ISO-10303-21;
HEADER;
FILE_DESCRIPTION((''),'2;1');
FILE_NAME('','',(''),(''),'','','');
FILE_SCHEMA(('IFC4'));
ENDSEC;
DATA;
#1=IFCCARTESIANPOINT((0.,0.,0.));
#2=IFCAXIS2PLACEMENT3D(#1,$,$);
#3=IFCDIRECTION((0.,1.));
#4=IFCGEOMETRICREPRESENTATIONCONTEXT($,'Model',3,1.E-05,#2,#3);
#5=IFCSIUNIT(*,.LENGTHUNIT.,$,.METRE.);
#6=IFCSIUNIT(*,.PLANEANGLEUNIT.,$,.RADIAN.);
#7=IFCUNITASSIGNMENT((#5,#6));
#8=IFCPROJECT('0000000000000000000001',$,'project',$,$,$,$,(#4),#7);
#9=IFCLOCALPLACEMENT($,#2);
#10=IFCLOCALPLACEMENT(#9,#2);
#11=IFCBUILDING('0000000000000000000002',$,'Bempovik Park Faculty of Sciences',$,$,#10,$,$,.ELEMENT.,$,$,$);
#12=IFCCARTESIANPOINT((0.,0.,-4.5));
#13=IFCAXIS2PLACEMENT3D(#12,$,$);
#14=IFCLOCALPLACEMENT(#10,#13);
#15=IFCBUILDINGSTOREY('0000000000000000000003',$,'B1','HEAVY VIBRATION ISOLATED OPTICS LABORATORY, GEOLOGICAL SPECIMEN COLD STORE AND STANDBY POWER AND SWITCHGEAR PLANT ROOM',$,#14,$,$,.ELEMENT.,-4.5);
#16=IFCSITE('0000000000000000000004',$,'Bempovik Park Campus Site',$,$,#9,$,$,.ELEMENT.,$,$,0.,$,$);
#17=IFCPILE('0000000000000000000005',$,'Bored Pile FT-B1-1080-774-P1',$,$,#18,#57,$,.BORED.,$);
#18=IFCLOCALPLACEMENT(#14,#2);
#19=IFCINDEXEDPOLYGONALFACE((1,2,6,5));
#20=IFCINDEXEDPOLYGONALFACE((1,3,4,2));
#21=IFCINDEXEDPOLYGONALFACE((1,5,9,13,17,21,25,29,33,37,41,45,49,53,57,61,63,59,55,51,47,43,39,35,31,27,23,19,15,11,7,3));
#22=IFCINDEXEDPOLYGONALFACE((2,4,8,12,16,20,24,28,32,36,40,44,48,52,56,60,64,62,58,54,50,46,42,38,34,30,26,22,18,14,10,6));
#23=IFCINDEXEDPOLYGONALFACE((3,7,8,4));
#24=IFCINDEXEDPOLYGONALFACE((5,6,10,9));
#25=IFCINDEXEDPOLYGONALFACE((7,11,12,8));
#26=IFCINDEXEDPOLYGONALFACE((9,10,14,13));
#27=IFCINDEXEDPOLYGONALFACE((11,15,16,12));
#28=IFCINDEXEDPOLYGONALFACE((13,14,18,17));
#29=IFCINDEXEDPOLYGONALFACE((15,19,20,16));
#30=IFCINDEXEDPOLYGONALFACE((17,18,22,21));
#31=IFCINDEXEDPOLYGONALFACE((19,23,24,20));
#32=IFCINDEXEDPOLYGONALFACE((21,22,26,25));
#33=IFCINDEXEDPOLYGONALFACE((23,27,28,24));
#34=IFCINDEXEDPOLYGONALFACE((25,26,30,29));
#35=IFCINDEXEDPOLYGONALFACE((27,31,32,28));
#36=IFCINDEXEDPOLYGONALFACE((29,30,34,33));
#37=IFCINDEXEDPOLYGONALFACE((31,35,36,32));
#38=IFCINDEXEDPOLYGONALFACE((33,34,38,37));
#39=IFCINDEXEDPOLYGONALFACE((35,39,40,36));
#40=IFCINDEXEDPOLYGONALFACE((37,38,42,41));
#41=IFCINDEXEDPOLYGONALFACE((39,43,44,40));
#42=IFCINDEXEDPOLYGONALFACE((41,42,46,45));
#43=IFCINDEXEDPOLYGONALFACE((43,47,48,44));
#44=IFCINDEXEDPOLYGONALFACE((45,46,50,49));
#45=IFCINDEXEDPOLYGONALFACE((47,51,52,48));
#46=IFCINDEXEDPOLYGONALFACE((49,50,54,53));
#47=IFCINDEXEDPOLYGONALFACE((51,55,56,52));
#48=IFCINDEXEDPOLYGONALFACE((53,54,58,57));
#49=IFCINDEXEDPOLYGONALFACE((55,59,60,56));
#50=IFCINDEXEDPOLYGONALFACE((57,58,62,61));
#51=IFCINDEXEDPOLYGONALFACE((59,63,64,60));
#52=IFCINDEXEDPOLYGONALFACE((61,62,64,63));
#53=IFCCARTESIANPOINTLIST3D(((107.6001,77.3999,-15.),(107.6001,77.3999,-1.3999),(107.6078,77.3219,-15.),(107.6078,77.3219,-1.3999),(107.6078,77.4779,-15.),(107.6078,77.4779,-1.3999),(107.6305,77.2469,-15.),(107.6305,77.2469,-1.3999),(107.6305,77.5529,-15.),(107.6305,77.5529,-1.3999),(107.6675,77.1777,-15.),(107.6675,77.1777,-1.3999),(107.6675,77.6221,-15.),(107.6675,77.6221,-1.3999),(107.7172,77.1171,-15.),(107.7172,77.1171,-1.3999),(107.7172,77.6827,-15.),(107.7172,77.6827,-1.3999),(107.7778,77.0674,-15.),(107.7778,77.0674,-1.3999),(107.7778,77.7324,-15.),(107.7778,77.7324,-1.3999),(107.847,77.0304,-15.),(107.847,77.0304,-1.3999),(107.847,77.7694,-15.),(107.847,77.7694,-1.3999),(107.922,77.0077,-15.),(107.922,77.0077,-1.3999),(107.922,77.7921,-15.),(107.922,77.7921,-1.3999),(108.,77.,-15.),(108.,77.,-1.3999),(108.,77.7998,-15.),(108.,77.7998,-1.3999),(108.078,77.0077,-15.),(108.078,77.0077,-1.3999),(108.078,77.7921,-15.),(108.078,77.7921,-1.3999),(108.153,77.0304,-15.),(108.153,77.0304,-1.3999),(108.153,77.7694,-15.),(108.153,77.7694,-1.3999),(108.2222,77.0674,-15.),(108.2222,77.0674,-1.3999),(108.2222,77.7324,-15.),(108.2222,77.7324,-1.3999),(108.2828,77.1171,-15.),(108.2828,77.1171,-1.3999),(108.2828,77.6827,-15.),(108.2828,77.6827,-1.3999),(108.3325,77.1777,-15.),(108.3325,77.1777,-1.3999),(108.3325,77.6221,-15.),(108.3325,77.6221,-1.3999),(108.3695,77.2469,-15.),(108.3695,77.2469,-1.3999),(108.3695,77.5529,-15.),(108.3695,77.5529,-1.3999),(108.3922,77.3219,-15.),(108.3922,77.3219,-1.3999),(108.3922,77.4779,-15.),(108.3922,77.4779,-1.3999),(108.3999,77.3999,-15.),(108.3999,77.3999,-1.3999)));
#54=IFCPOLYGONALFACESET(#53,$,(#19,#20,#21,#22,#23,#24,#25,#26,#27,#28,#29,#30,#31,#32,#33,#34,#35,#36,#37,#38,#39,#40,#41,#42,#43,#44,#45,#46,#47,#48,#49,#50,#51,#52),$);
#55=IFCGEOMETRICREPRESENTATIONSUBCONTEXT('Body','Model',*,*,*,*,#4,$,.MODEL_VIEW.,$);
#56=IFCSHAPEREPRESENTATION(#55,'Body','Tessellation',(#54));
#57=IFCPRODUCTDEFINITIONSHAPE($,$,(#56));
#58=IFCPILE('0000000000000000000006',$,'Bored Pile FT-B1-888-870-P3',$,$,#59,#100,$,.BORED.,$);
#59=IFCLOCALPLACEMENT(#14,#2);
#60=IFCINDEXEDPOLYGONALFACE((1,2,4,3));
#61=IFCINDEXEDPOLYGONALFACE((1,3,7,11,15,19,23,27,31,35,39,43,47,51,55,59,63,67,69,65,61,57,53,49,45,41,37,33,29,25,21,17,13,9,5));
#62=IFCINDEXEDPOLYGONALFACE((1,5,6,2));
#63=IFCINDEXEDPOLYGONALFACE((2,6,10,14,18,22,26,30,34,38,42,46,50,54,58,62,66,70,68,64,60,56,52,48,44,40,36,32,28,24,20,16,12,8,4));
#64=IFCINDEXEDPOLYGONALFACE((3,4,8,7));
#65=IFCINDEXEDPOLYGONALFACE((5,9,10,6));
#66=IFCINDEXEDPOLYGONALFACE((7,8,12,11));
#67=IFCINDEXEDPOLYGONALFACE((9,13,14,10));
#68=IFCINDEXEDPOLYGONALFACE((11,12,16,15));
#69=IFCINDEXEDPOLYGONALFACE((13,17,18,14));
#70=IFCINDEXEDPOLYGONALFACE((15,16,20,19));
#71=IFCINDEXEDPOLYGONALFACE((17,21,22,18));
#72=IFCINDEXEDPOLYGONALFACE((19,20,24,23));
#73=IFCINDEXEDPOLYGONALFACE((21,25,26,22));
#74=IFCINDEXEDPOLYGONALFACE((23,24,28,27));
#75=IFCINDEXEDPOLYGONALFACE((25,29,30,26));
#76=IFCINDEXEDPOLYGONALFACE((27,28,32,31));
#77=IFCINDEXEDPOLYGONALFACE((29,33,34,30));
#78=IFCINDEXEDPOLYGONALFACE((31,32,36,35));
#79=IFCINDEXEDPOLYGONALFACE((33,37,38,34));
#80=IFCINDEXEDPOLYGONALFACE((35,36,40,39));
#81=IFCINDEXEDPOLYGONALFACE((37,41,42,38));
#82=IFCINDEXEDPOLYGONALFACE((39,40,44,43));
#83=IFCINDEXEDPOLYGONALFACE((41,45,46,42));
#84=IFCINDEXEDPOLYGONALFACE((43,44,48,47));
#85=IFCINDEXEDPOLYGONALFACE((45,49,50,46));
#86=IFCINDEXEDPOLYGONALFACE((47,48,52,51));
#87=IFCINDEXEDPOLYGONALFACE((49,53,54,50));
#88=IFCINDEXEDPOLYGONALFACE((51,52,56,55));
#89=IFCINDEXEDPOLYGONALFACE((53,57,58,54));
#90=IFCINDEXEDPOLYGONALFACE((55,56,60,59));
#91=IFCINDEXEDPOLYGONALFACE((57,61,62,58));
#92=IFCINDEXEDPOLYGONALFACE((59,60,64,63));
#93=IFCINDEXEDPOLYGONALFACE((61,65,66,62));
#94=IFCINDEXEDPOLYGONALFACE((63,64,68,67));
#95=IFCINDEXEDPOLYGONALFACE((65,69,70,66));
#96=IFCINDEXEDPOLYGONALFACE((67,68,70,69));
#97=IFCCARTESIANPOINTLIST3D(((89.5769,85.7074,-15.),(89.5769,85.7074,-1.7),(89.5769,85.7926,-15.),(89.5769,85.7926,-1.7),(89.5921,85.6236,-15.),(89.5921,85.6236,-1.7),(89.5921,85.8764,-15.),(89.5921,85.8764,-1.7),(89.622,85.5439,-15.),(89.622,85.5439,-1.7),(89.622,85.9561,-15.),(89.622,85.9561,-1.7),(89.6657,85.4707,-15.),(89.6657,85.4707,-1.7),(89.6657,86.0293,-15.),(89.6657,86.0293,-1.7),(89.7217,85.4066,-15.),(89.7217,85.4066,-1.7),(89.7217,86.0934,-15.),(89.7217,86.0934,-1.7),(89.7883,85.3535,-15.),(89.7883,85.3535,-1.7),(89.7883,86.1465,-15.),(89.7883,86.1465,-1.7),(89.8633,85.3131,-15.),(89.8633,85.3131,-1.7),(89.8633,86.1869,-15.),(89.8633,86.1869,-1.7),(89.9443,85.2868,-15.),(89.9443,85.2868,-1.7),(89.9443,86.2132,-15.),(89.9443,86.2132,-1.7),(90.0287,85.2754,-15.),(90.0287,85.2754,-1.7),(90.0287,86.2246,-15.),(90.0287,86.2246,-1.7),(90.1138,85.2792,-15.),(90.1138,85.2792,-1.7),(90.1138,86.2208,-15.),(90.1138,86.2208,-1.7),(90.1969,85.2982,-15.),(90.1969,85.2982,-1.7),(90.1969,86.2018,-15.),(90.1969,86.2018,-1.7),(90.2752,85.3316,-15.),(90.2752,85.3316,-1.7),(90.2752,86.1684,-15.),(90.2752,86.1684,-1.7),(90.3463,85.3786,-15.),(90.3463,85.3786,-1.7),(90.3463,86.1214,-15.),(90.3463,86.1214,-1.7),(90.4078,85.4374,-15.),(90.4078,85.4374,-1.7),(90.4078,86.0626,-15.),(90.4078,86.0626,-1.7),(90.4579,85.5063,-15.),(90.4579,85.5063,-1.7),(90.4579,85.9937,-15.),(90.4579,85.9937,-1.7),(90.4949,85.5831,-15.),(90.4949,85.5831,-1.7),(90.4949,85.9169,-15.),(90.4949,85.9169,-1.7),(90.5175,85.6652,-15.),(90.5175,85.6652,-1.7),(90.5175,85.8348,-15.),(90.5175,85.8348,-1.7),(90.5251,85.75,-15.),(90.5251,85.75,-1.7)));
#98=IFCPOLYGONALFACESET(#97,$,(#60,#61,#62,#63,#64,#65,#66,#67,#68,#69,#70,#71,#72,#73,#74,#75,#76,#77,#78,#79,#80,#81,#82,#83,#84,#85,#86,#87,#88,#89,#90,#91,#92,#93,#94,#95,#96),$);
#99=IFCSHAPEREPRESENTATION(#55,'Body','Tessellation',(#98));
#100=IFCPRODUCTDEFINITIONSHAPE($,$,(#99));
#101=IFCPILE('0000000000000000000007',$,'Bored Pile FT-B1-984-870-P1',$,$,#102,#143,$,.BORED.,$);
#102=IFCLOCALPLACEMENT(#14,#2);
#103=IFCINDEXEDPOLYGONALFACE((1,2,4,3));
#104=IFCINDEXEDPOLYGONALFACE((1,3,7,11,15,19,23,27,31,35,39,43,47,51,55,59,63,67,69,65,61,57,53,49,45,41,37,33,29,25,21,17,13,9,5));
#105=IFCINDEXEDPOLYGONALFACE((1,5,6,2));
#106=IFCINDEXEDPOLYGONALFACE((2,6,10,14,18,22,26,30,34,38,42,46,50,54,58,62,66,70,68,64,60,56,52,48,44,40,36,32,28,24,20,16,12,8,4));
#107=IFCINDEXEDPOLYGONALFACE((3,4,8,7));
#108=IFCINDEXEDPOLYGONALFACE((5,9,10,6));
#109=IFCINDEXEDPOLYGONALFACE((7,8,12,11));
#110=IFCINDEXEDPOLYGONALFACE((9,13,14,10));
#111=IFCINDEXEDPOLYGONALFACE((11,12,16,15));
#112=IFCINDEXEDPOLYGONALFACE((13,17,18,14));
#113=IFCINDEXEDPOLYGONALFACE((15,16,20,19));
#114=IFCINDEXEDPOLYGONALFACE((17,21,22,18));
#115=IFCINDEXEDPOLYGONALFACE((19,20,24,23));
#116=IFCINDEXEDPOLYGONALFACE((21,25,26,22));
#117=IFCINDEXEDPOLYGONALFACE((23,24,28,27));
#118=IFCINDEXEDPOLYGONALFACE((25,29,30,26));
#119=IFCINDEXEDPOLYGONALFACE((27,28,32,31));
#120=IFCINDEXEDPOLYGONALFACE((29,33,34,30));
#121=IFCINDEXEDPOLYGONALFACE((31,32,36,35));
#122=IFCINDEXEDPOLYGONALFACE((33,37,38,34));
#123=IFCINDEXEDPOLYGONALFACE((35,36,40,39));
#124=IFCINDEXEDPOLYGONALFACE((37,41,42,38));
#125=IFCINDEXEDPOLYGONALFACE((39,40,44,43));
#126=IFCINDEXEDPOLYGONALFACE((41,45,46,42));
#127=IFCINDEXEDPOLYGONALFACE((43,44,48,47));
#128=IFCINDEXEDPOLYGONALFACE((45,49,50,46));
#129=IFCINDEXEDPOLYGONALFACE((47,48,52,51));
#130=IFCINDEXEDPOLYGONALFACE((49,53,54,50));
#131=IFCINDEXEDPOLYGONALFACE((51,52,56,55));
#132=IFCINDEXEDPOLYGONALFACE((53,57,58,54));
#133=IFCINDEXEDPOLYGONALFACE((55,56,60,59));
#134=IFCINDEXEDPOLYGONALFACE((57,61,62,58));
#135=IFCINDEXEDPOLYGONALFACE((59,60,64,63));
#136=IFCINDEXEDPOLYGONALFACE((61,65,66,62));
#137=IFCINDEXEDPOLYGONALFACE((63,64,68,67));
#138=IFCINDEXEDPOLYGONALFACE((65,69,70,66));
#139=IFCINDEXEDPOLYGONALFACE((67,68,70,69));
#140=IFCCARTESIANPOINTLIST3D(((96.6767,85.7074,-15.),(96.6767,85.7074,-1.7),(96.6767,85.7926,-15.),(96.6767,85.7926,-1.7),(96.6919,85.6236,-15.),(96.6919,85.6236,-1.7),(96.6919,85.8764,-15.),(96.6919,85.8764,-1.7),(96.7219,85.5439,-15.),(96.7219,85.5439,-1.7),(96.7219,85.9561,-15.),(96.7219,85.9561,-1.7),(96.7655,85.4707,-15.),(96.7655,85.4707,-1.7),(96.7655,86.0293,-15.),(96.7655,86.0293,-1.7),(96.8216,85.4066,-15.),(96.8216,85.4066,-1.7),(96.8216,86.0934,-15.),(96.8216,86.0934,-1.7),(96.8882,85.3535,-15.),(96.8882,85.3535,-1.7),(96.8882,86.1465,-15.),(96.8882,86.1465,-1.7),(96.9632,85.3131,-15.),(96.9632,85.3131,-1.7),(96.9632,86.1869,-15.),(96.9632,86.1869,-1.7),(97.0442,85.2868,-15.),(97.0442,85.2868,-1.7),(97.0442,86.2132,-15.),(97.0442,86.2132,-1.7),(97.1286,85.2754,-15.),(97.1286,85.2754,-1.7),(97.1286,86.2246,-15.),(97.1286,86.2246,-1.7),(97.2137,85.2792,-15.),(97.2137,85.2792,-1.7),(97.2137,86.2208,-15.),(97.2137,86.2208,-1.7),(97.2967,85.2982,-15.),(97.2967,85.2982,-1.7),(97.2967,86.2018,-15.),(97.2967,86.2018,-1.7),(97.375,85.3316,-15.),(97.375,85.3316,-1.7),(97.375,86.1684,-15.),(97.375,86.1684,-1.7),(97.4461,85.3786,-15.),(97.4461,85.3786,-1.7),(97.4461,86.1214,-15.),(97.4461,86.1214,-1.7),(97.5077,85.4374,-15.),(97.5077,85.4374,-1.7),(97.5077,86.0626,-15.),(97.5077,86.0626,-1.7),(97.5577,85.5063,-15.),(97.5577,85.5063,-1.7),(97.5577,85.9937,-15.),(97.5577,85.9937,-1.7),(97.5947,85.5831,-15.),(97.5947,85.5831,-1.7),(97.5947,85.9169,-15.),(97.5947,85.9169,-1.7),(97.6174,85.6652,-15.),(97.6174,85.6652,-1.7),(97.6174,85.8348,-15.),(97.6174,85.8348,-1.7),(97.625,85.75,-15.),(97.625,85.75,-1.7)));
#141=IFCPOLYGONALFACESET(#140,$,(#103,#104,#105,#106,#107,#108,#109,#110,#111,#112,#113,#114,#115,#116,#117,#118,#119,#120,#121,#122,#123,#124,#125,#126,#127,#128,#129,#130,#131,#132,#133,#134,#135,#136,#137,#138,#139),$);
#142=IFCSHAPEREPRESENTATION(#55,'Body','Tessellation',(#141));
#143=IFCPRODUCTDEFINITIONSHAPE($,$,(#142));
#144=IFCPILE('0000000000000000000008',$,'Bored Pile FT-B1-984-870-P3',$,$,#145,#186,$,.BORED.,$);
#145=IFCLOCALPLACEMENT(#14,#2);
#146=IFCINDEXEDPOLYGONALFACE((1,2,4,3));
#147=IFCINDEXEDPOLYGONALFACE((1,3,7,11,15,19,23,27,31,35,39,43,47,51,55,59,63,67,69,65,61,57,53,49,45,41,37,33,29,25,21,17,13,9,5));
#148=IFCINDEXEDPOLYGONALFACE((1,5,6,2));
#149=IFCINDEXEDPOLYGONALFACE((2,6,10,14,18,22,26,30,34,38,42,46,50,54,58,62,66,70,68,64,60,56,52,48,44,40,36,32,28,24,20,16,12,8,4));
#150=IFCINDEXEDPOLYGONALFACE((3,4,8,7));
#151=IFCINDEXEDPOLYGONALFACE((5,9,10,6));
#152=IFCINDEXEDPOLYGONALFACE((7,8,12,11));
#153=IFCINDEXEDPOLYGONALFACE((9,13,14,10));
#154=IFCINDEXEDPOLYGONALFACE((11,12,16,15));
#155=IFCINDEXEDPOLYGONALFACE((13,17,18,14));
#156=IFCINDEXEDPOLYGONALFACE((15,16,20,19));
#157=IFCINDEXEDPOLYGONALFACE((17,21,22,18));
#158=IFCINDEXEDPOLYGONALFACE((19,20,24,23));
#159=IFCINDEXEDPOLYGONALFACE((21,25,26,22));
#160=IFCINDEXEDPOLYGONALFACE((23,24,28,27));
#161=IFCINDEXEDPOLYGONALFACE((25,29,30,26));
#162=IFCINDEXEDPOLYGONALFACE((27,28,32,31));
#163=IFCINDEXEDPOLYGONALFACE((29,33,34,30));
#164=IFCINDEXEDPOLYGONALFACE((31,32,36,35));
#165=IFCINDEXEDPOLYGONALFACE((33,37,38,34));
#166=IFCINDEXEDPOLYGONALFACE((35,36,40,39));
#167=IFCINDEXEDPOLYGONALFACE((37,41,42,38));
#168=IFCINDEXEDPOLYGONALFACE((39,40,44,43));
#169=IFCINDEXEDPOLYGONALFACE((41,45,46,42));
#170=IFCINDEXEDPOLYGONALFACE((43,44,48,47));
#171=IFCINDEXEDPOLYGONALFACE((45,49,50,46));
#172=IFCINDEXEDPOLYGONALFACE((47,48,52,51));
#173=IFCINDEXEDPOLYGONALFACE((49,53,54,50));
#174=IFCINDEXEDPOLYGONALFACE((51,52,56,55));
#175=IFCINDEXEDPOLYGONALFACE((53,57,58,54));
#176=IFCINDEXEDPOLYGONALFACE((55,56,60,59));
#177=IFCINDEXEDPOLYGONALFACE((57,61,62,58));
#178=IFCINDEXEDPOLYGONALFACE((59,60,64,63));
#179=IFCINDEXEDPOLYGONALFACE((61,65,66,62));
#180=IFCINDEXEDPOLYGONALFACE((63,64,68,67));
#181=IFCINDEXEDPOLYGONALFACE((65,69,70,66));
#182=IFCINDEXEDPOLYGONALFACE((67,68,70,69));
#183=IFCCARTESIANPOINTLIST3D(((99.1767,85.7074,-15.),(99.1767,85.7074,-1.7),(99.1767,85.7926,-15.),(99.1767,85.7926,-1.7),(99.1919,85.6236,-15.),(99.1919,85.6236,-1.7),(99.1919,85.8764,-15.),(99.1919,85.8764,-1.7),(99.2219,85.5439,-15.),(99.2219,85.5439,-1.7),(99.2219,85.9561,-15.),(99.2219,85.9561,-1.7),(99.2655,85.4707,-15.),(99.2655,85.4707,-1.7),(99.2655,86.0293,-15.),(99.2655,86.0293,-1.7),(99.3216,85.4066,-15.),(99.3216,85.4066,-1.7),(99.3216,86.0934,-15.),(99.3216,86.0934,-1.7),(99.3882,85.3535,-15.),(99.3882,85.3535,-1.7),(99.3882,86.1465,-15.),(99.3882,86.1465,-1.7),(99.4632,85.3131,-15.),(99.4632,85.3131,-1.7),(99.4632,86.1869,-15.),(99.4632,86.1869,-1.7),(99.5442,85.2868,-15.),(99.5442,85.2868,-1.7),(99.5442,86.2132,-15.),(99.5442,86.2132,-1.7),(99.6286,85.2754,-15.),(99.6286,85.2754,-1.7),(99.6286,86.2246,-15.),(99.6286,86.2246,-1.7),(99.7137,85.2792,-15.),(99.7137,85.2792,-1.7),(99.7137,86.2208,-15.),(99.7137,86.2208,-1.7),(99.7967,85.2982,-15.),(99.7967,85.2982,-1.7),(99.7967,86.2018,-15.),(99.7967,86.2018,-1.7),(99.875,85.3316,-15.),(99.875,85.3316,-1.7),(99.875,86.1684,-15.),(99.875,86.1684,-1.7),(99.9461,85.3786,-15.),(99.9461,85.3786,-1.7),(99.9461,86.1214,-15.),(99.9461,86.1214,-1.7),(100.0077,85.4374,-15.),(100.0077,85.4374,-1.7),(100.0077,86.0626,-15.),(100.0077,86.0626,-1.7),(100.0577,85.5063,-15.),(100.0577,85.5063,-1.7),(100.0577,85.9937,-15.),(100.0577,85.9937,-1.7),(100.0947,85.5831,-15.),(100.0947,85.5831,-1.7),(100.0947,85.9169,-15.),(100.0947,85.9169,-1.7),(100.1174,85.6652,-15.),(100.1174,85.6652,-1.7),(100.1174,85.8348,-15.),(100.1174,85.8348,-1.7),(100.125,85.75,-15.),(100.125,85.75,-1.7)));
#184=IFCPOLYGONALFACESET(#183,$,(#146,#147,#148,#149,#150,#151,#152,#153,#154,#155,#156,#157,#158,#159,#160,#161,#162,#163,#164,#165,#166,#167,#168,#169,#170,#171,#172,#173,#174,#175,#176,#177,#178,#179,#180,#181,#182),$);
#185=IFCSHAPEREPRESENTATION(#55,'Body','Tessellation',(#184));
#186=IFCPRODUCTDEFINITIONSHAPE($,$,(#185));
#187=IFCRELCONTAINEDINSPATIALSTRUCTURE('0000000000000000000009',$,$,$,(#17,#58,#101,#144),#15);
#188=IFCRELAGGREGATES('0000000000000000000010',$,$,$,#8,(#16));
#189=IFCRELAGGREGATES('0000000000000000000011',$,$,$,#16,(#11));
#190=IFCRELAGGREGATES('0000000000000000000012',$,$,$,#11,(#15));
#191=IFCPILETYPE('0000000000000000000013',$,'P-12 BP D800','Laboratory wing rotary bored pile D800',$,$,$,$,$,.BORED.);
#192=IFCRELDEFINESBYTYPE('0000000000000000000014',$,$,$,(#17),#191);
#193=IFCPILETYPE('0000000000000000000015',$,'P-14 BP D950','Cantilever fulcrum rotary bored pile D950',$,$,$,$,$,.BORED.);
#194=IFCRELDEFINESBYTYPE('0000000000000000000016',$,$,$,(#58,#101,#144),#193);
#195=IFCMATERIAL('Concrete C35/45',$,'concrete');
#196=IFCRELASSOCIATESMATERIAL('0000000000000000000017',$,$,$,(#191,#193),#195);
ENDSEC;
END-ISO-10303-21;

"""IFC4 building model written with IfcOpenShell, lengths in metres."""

from ifc_helpers import new_model, si_unit, direction, frame, origin, origin_2d, place, context, subcontext, project, spatial, circle, extrude, material, material_profile, profile_set, type_object, element, save


model = new_model("IFC4")

# Units and contexts
model_context = context("Model", 3, precision=1e-05, world=origin(), true_north=direction((0.0, 1.0)))
body_context = subcontext(model_context, "Body", "Model", "MODEL_VIEW")
ifc_project = project(units=[si_unit("LENGTHUNIT", "METRE"), si_unit("PLANEANGLEUNIT", "RADIAN")], contexts=[model_context])

# Site, building, storey
site_placement = place(None, origin())
site = spatial("IfcSite", under=ifc_project, at=site_placement, Name="Bempovik Park Campus Site", CompositionType="ELEMENT", RefElevation=0.0)
building_placement = place(site_placement, origin())
building = spatial("IfcBuilding", under=site, at=building_placement, Name="Bempovik Park Faculty of Sciences", CompositionType="ELEMENT")
storey_placement = place(building_placement, frame((0.0, 0.0, -4.5)))
storey = spatial("IfcBuildingStorey", under=building, at=storey_placement, Name="B1", Description="HEAVY VIBRATION ISOLATED OPTICS LABORATORY, GEOLOGICAL SPECIMEN COLD STORE AND STANDBY POWER AND SWITCHGEAR PLANT ROOM", CompositionType="ELEMENT", Elevation=-4.5)

# Shared definitions
ifc_material_1 = material(Name="Concrete C35/45", Category="concrete")

# Piles
ifc_material_profile_1 = material_profile(ifc_material_1, circle(Radius=0.3999, at=origin_2d()), Name="BP D800")
ifc_profile_set_1 = profile_set([ifc_material_profile_1], Name="Concrete C35/45")
pile_type_1 = type_object("IfcPileType", Name="P-12 BP D800", Description="Laboratory wing rotary bored pile D800", PredefinedType="BORED", material=ifc_profile_set_1)
for number, where, z_axis, x_axis, name in (
    (1, (108.0, 77.3999, -1.3999), (0.0, 0.0, -1.0), (1.0, 0.0, 0.0), "Bored Pile FT-B1-1080-774-P1"),
):
    element("IfcPile", number, at=place(storey_placement, frame(where, z_axis=z_axis, x_axis=x_axis)), inside=storey, type_object=pile_type_1, Name=name, PredefinedType="BORED", context=body_context, shape_type="SweptSolid", body=[
        extrude(circle(Radius=0.3999, at=origin_2d()), origin(), (0.0, 0.0, 1.0), 13.6001),
    ])
ifc_material_profile_2 = material_profile(ifc_material_1, circle(Radius=0.4751, at=origin_2d()), Name="BP D950")
ifc_profile_set_2 = profile_set([ifc_material_profile_2], Name="Concrete C35/45")
pile_type_2 = type_object("IfcPileType", Name="P-14 BP D950", Description="Cantilever fulcrum rotary bored pile D950", PredefinedType="BORED", material=ifc_profile_set_2)
for number, where, z_axis, x_axis, name in (
    (2, (90.05, 85.75, -1.7), (0.0, 0.0, -1.0), (1.0, 0.0, 0.0), "Bored Pile FT-B1-888-870-P3"),
    (3, (97.1499, 85.75, -1.7), (0.0, 0.0, -1.0), (1.0, 0.0, 0.0), "Bored Pile FT-B1-984-870-P1"),
    (4, (99.6499, 85.75, -1.7), (0.0, 0.0, -1.0), (1.0, 0.0, 0.0), "Bored Pile FT-B1-984-870-P3"),
):
    element("IfcPile", number, at=place(storey_placement, frame(where, z_axis=z_axis, x_axis=x_axis)), inside=storey, type_object=pile_type_2, Name=name, PredefinedType="BORED", context=body_context, shape_type="SweptSolid", body=[
        extrude(circle(Radius=0.4751, at=origin_2d()), origin(), (0.0, 0.0, 1.0), 13.3),
    ])

save(model, "model.ifc")
